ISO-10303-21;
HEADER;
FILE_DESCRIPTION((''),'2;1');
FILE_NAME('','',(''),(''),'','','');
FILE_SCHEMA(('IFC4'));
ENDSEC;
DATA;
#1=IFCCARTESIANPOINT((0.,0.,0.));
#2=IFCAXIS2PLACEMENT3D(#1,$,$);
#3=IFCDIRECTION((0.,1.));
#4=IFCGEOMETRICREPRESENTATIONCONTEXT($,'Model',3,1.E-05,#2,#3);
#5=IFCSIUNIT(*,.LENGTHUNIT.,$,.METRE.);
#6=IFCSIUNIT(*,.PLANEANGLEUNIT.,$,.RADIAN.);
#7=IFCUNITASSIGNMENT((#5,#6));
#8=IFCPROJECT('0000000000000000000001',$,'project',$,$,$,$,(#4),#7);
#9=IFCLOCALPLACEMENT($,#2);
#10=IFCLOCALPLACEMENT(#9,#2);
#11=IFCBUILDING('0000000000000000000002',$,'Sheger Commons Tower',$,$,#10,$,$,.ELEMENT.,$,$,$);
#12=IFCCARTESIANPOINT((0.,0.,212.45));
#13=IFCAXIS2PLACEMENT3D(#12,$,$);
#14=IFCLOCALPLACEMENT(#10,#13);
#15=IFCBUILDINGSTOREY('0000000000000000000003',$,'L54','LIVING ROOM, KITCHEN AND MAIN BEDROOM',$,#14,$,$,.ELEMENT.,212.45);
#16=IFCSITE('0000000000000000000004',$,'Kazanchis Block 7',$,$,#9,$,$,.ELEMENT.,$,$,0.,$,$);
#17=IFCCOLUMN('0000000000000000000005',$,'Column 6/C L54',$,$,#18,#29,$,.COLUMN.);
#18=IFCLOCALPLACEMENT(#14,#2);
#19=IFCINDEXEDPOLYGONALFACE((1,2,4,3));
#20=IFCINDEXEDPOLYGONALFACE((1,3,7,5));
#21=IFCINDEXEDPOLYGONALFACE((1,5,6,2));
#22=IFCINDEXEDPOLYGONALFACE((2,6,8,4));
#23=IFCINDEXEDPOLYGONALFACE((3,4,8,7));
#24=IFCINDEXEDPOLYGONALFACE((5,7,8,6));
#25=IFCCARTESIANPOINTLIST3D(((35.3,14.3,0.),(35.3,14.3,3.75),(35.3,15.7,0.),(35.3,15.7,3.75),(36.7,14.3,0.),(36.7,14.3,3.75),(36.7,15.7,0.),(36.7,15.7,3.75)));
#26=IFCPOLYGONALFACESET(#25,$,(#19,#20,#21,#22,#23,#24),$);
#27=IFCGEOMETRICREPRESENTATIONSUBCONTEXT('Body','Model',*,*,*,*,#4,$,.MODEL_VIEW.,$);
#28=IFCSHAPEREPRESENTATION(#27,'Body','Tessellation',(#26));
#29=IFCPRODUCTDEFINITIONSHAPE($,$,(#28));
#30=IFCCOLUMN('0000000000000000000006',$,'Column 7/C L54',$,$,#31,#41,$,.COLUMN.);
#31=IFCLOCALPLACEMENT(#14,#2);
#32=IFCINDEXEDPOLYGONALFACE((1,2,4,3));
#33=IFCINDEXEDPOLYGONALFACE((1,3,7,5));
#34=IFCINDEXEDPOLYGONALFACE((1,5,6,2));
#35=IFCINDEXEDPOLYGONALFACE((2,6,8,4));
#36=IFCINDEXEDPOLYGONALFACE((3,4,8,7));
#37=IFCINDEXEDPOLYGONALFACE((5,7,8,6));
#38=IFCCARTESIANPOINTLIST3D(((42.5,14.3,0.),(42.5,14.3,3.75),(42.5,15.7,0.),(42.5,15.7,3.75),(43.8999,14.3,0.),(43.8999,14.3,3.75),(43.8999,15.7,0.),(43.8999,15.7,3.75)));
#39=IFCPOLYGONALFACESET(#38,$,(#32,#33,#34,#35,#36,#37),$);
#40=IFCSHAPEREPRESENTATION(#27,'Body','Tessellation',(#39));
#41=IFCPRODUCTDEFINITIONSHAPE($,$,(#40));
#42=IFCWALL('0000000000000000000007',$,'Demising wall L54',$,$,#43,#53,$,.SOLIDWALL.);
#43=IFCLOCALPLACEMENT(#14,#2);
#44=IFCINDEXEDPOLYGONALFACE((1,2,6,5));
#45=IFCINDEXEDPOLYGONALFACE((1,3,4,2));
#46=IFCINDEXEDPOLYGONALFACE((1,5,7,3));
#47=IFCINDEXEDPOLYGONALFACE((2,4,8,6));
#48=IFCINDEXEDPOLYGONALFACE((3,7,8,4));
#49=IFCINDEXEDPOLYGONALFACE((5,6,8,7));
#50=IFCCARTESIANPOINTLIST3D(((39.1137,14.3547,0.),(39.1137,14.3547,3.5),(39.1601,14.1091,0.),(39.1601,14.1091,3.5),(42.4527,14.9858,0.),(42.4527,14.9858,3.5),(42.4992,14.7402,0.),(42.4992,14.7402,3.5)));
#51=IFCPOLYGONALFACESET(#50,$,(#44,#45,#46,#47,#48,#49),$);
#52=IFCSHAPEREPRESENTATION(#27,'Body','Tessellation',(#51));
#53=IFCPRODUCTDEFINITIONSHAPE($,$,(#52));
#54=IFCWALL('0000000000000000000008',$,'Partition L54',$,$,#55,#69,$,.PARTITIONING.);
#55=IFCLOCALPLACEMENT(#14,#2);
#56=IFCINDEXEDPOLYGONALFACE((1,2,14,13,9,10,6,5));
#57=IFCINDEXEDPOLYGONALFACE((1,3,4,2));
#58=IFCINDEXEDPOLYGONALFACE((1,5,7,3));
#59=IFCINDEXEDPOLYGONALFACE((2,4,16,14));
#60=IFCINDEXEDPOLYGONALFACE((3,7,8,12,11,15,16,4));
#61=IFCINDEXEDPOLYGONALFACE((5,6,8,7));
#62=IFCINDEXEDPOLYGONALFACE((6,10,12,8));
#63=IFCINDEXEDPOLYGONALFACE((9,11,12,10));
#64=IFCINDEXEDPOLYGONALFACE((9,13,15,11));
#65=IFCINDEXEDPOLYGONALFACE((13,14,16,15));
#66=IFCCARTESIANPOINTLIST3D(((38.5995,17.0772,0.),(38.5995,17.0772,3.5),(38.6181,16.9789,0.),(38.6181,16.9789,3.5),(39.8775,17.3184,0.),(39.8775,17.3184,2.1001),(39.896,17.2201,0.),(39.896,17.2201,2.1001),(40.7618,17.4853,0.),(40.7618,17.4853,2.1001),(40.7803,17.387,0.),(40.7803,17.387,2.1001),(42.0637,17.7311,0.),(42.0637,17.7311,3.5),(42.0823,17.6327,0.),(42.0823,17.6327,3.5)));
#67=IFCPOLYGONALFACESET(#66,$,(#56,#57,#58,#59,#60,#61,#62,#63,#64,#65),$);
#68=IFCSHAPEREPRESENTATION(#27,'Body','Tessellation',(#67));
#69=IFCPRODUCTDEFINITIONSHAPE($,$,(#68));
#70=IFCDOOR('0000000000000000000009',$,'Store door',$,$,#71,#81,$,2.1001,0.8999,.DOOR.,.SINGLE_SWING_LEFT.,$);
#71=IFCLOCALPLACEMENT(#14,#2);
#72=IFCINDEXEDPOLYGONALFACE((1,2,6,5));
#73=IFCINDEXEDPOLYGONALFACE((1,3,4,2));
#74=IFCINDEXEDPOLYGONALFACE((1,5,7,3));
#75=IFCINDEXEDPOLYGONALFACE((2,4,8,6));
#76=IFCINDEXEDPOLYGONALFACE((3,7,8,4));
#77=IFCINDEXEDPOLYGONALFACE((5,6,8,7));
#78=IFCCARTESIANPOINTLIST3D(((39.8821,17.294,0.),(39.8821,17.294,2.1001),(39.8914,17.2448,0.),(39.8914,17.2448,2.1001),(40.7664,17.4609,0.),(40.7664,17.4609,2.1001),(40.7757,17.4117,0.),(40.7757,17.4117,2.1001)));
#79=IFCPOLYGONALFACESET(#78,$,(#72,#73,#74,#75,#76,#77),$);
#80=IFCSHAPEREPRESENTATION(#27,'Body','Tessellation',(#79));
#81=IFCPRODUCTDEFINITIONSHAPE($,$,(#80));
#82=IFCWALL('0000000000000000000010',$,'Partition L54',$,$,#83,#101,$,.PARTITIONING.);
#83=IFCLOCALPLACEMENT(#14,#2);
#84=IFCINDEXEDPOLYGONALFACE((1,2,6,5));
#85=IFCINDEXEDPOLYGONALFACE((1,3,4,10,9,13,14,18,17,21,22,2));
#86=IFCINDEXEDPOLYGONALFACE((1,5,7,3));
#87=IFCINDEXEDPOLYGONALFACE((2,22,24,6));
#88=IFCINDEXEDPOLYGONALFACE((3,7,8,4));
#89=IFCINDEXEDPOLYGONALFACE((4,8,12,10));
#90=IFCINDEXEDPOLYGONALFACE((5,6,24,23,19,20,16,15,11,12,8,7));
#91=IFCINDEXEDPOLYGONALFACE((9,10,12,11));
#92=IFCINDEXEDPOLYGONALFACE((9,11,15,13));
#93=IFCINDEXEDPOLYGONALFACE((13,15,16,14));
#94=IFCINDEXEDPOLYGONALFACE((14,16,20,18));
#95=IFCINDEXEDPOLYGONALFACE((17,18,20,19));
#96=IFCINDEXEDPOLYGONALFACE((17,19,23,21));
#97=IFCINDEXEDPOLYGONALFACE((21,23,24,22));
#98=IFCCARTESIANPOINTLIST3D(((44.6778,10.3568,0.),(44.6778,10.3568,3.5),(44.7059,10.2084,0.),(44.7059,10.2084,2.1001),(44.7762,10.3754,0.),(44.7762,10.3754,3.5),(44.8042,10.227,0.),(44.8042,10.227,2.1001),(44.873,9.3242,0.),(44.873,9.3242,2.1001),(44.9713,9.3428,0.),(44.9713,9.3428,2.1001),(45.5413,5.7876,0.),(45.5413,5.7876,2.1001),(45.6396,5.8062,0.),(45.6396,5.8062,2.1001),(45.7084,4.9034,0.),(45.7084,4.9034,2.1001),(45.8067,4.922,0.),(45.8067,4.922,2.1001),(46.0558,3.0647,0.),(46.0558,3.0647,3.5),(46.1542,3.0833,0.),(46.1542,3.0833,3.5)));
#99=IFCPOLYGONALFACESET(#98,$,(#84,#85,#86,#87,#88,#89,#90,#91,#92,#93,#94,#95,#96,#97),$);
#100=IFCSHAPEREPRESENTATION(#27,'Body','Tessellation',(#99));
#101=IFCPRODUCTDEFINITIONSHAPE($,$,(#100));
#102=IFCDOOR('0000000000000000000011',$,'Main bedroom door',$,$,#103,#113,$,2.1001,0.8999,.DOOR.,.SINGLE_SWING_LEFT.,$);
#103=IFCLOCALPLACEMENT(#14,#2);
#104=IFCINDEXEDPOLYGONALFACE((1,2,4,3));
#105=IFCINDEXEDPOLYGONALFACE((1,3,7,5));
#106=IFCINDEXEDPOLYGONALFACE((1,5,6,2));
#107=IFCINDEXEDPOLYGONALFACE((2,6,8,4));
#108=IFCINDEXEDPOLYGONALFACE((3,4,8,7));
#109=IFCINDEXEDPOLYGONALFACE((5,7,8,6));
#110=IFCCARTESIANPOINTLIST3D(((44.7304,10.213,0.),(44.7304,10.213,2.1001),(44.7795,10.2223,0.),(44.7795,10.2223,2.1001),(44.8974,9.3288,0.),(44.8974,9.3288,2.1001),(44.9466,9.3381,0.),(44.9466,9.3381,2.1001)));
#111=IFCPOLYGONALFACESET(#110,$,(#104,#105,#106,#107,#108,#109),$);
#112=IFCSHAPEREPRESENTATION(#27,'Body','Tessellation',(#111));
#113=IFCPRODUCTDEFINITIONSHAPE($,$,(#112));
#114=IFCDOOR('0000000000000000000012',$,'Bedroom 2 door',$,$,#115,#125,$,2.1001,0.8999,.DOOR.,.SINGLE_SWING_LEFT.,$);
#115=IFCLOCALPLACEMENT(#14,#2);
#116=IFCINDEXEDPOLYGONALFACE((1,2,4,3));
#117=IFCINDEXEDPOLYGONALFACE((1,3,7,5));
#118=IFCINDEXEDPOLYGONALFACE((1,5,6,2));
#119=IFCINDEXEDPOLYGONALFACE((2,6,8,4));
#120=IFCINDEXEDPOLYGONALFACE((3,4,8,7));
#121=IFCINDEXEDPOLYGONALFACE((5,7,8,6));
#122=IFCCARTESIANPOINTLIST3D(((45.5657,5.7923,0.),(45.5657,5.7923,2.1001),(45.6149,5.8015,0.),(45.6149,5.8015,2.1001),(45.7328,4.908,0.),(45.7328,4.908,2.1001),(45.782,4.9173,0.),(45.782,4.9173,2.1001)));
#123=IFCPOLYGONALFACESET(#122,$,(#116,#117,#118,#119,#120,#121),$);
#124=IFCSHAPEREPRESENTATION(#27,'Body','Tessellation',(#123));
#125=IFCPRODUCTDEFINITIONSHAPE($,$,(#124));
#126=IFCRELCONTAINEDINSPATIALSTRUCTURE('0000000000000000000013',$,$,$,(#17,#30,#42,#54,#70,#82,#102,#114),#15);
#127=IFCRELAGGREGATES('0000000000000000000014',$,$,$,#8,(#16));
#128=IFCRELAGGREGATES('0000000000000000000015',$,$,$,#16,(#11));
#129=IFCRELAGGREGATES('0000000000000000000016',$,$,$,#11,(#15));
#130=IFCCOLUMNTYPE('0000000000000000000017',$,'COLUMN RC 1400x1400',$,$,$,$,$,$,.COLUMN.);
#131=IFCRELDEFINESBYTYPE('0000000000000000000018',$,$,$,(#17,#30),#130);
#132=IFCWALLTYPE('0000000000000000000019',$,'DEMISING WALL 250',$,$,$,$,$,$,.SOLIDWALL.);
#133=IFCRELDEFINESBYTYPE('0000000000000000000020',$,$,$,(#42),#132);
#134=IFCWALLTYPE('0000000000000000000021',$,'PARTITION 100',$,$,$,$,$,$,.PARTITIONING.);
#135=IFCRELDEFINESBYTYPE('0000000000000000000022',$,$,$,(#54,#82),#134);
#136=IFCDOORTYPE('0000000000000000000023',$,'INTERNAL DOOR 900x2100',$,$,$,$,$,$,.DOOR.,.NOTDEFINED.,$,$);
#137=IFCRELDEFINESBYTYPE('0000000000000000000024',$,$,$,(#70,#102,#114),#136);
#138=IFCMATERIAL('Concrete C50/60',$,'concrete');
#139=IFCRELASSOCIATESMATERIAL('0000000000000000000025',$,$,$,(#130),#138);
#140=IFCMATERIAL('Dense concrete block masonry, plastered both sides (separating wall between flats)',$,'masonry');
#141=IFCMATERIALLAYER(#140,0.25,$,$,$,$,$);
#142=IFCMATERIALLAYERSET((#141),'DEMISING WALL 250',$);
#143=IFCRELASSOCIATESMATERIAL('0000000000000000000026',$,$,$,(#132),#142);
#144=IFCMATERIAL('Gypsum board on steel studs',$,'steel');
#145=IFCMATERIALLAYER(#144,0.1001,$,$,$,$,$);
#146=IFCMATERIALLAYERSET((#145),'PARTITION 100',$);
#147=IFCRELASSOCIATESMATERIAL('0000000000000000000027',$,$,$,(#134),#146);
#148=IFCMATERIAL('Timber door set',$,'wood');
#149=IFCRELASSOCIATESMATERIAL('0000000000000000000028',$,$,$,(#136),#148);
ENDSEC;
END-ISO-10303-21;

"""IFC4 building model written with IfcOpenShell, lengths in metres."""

from ifc_helpers import new_model, si_unit, direction, frame, frame_2d, origin, origin_2d, place, context, subcontext, project, spatial, rectangle, extrude, material, layer, layer_set, material_profile, profile_set, type_object, element, fill, save


model = new_model("IFC4")

# Units and contexts
model_context = context("Model", 3, precision=1e-05, world=origin(), true_north=direction((0.0, 1.0)))
body_context = subcontext(model_context, "Body", "Model", "MODEL_VIEW")
ifc_project = project(units=[si_unit("LENGTHUNIT", "METRE"), si_unit("PLANEANGLEUNIT", "RADIAN")], contexts=[model_context])

# Site, building, storey
site_placement = place(None, origin())
site = spatial("IfcSite", under=ifc_project, at=site_placement, Name="Kazanchis Block 7", CompositionType="ELEMENT", RefElevation=0.0)
building_placement = place(site_placement, origin())
building = spatial("IfcBuilding", under=site, at=building_placement, Name="Sheger Commons Tower", CompositionType="ELEMENT")
storey_placement = place(building_placement, frame((0.0, 0.0, 212.45)))
storey = spatial("IfcBuildingStorey", under=building, at=storey_placement, Name="L54", Description="LIVING ROOM, KITCHEN AND MAIN BEDROOM", CompositionType="ELEMENT", Elevation=212.45)

# Columns
ifc_material_1 = material(Name="Concrete C50/60", Category="concrete")
ifc_material_profile = material_profile(ifc_material_1, rectangle(XDim=1.3999, YDim=1.3999, at=origin_2d()), Name="RC 1400x1400")
ifc_profile_set = profile_set([ifc_material_profile], Name="Concrete C50/60")
column_type = type_object("IfcColumnType", Name="COLUMN RC 1400x1400", PredefinedType="COLUMN", material=ifc_profile_set)
for number, where, z_axis, x_axis, name in (
    (1, (36.0, 15.0, 0.0), (0.0, 0.0, 1.0), (1.0, 0.0, 0.0), "Column 6/C L54"),
    (2, (43.2, 15.0, 0.0), (0.0, 0.0, 1.0), (1.0, 0.0, 0.0), "Column 7/C L54"),
):
    element("IfcColumn", number, at=place(storey_placement, frame(where, z_axis=z_axis, x_axis=x_axis)), inside=storey, type_object=column_type, Name=name, PredefinedType="COLUMN", context=body_context, shape_type="SweptSolid", body=[
        extrude(rectangle(XDim=1.3999, YDim=1.3999, at=origin_2d()), origin(), (0.0, 0.0, 1.0), 3.75),
    ])

# Wall
ifc_material_2 = material(Name="Dense concrete block masonry, plastered both sides (separating wall between flats)", Category="masonry")
ifc_layer_1 = layer(ifc_material_2, 0.25)
ifc_layer_set_1 = layer_set([ifc_layer_1], Name="DEMISING WALL 250")
wall_type_1 = type_object("IfcWallType", Name="DEMISING WALL 250", PredefinedType="SOLIDWALL", material=ifc_layer_set_1)
wall_1_placement = place(storey_placement, frame((42.4761, 14.863, 0.0), z_axis=(0.0, 0.0, 1.0), x_axis=(-0.982604, -0.185715, 0.0)))
element("IfcWall", 3, at=wall_1_placement, inside=storey, type_object=wall_type_1, Name="Demising wall L54", PredefinedType="SOLIDWALL", context=body_context, shape_type="SweptSolid", body=[
    extrude(rectangle(XDim=3.3982, YDim=0.25, at=frame_2d((1.6992, 0.0))), origin(), (0.0, 0.0, 1.0), 3.5),
])

# Wall, opening, door
ifc_material_3 = material(Name="Gypsum board on steel studs", Category="steel")
ifc_layer_2 = layer(ifc_material_3, 0.1001)
ifc_layer_set_2 = layer_set([ifc_layer_2], Name="PARTITION 100")
wall_type_2 = type_object("IfcWallType", Name="PARTITION 100", PredefinedType="PARTITIONING", material=ifc_layer_set_2)
wall_2_placement = place(storey_placement, frame((42.073, 17.6819, 0.0), z_axis=(0.0, 0.0, 1.0), x_axis=(-0.982651, -0.185463, 0.0)))
wall_2 = element("IfcWall", 4, at=wall_2_placement, inside=storey, type_object=wall_type_2, Name="Partition L54", PredefinedType="PARTITIONING", context=body_context, shape_type="SweptSolid", body=[
    extrude(rectangle(XDim=3.5254, YDim=0.1001, at=frame_2d((1.7627, 0.0))), origin(), (0.0, 0.0, 1.0), 3.5),
])
opening_1_placement = place(wall_2_placement, frame((1.325, 0.0, 0.0)))
opening_1 = element("IfcOpeningElement", 5, at=opening_1_placement, cuts=wall_2, PredefinedType="OPENING", context=body_context, shape_type="SweptSolid", body=[
    extrude(rectangle(XDim=0.8999, YDim=2.1001, at=frame_2d((0.45, 1.05))), frame((0.0, 0.0601, 0.0), z_axis=(0.0, -1.0, 0.0), x_axis=(1.0, 0.0, 0.0)), (0.0, 0.0, 1.0), 0.1201),
])
ifc_material_4 = material(Name="Timber door set", Category="wood")
door_type_1 = type_object("IfcDoorType", Name="INTERNAL DOOR 900x2100", OperationType="NOTDEFINED", PredefinedType="DOOR", material=ifc_material_4)
door_1_placement = place(opening_1_placement, origin())
door_1 = element("IfcDoor", 6, at=door_1_placement, inside=storey, type_object=door_type_1, Name="Store door", OperationType="SINGLE_SWING_LEFT", OverallHeight=2.1001, OverallWidth=0.8999, PredefinedType="DOOR", context=body_context, shape_type="SweptSolid", body=[
    extrude(rectangle(XDim=0.8999, YDim=2.1001, at=frame_2d((0.45, 1.05))), frame((0.0, 0.0249, 0.0), z_axis=(0.0, -1.0, 0.0), x_axis=(1.0, 0.0, 0.0)), (0.0, 0.0, 1.0), 0.05),
])
fill(opening_1, door_1)

# Wall, openings, doors
wall_3_placement = place(storey_placement, frame((44.7271, 10.366, 0.0), z_axis=(0.0, 0.0, 1.0), x_axis=(0.185679, -0.98261, 0.0)))
wall_3 = element("IfcWall", 7, at=wall_3_placement, inside=storey, type_object=wall_type_2, Name="Partition L54", PredefinedType="PARTITIONING", context=body_context, shape_type="SweptSolid", body=[
    extrude(rectangle(XDim=7.4211, YDim=0.1001, at=frame_2d((3.7104, 0.0))), origin(), (0.0, 0.0, 1.0), 3.5),
])
opening_2_placement = place(wall_3_placement, frame((0.1509, 0.0, 0.0)))
opening_2 = element("IfcOpeningElement", 8, at=opening_2_placement, cuts=wall_3, PredefinedType="OPENING", context=body_context, shape_type="SweptSolid", body=[
    extrude(rectangle(XDim=0.8999, YDim=2.1001, at=frame_2d((0.45, 1.05))), frame((0.0, 0.0601, 0.0), z_axis=(0.0, -1.0, 0.0), x_axis=(1.0, 0.0, 0.0)), (0.0, 0.0, 1.0), 0.1201),
])
opening_3_placement = place(wall_3_placement, frame((4.6499, 0.0, 0.0)))
opening_3 = element("IfcOpeningElement", 9, at=opening_3_placement, cuts=wall_3, PredefinedType="OPENING", context=body_context, shape_type="SweptSolid", body=[
    extrude(rectangle(XDim=0.8999, YDim=2.1001, at=frame_2d((0.45, 1.05))), frame((0.0, 0.0601, 0.0), z_axis=(0.0, -1.0, 0.0), x_axis=(1.0, 0.0, 0.0)), (0.0, 0.0, 1.0), 0.1201),
])
door_2_placement = place(opening_2_placement, origin())
door_2 = element("IfcDoor", 10, at=door_2_placement, inside=storey, type_object=door_type_1, Name="Main bedroom door", OperationType="SINGLE_SWING_LEFT", OverallHeight=2.1001, OverallWidth=0.8999, PredefinedType="DOOR", context=body_context, shape_type="SweptSolid", body=[
    extrude(rectangle(XDim=0.8999, YDim=2.1001, at=frame_2d((0.45, 1.05))), frame((0.0, 0.0249, 0.0), z_axis=(0.0, -1.0, 0.0), x_axis=(1.0, 0.0, 0.0)), (0.0, 0.0, 1.0), 0.05),
])
fill(opening_2, door_2)
door_3_placement = place(opening_3_placement, origin())
door_3 = element("IfcDoor", 11, at=door_3_placement, inside=storey, type_object=door_type_1, Name="Bedroom 2 door", OperationType="SINGLE_SWING_LEFT", OverallHeight=2.1001, OverallWidth=0.8999, PredefinedType="DOOR", context=body_context, shape_type="SweptSolid", body=[
    extrude(rectangle(XDim=0.8999, YDim=2.1001, at=frame_2d((0.45, 1.05))), frame((0.0, 0.0249, 0.0), z_axis=(0.0, -1.0, 0.0), x_axis=(1.0, 0.0, 0.0)), (0.0, 0.0, 1.0), 0.05),
])
fill(opening_3, door_3)

save(model, "model.ifc")
